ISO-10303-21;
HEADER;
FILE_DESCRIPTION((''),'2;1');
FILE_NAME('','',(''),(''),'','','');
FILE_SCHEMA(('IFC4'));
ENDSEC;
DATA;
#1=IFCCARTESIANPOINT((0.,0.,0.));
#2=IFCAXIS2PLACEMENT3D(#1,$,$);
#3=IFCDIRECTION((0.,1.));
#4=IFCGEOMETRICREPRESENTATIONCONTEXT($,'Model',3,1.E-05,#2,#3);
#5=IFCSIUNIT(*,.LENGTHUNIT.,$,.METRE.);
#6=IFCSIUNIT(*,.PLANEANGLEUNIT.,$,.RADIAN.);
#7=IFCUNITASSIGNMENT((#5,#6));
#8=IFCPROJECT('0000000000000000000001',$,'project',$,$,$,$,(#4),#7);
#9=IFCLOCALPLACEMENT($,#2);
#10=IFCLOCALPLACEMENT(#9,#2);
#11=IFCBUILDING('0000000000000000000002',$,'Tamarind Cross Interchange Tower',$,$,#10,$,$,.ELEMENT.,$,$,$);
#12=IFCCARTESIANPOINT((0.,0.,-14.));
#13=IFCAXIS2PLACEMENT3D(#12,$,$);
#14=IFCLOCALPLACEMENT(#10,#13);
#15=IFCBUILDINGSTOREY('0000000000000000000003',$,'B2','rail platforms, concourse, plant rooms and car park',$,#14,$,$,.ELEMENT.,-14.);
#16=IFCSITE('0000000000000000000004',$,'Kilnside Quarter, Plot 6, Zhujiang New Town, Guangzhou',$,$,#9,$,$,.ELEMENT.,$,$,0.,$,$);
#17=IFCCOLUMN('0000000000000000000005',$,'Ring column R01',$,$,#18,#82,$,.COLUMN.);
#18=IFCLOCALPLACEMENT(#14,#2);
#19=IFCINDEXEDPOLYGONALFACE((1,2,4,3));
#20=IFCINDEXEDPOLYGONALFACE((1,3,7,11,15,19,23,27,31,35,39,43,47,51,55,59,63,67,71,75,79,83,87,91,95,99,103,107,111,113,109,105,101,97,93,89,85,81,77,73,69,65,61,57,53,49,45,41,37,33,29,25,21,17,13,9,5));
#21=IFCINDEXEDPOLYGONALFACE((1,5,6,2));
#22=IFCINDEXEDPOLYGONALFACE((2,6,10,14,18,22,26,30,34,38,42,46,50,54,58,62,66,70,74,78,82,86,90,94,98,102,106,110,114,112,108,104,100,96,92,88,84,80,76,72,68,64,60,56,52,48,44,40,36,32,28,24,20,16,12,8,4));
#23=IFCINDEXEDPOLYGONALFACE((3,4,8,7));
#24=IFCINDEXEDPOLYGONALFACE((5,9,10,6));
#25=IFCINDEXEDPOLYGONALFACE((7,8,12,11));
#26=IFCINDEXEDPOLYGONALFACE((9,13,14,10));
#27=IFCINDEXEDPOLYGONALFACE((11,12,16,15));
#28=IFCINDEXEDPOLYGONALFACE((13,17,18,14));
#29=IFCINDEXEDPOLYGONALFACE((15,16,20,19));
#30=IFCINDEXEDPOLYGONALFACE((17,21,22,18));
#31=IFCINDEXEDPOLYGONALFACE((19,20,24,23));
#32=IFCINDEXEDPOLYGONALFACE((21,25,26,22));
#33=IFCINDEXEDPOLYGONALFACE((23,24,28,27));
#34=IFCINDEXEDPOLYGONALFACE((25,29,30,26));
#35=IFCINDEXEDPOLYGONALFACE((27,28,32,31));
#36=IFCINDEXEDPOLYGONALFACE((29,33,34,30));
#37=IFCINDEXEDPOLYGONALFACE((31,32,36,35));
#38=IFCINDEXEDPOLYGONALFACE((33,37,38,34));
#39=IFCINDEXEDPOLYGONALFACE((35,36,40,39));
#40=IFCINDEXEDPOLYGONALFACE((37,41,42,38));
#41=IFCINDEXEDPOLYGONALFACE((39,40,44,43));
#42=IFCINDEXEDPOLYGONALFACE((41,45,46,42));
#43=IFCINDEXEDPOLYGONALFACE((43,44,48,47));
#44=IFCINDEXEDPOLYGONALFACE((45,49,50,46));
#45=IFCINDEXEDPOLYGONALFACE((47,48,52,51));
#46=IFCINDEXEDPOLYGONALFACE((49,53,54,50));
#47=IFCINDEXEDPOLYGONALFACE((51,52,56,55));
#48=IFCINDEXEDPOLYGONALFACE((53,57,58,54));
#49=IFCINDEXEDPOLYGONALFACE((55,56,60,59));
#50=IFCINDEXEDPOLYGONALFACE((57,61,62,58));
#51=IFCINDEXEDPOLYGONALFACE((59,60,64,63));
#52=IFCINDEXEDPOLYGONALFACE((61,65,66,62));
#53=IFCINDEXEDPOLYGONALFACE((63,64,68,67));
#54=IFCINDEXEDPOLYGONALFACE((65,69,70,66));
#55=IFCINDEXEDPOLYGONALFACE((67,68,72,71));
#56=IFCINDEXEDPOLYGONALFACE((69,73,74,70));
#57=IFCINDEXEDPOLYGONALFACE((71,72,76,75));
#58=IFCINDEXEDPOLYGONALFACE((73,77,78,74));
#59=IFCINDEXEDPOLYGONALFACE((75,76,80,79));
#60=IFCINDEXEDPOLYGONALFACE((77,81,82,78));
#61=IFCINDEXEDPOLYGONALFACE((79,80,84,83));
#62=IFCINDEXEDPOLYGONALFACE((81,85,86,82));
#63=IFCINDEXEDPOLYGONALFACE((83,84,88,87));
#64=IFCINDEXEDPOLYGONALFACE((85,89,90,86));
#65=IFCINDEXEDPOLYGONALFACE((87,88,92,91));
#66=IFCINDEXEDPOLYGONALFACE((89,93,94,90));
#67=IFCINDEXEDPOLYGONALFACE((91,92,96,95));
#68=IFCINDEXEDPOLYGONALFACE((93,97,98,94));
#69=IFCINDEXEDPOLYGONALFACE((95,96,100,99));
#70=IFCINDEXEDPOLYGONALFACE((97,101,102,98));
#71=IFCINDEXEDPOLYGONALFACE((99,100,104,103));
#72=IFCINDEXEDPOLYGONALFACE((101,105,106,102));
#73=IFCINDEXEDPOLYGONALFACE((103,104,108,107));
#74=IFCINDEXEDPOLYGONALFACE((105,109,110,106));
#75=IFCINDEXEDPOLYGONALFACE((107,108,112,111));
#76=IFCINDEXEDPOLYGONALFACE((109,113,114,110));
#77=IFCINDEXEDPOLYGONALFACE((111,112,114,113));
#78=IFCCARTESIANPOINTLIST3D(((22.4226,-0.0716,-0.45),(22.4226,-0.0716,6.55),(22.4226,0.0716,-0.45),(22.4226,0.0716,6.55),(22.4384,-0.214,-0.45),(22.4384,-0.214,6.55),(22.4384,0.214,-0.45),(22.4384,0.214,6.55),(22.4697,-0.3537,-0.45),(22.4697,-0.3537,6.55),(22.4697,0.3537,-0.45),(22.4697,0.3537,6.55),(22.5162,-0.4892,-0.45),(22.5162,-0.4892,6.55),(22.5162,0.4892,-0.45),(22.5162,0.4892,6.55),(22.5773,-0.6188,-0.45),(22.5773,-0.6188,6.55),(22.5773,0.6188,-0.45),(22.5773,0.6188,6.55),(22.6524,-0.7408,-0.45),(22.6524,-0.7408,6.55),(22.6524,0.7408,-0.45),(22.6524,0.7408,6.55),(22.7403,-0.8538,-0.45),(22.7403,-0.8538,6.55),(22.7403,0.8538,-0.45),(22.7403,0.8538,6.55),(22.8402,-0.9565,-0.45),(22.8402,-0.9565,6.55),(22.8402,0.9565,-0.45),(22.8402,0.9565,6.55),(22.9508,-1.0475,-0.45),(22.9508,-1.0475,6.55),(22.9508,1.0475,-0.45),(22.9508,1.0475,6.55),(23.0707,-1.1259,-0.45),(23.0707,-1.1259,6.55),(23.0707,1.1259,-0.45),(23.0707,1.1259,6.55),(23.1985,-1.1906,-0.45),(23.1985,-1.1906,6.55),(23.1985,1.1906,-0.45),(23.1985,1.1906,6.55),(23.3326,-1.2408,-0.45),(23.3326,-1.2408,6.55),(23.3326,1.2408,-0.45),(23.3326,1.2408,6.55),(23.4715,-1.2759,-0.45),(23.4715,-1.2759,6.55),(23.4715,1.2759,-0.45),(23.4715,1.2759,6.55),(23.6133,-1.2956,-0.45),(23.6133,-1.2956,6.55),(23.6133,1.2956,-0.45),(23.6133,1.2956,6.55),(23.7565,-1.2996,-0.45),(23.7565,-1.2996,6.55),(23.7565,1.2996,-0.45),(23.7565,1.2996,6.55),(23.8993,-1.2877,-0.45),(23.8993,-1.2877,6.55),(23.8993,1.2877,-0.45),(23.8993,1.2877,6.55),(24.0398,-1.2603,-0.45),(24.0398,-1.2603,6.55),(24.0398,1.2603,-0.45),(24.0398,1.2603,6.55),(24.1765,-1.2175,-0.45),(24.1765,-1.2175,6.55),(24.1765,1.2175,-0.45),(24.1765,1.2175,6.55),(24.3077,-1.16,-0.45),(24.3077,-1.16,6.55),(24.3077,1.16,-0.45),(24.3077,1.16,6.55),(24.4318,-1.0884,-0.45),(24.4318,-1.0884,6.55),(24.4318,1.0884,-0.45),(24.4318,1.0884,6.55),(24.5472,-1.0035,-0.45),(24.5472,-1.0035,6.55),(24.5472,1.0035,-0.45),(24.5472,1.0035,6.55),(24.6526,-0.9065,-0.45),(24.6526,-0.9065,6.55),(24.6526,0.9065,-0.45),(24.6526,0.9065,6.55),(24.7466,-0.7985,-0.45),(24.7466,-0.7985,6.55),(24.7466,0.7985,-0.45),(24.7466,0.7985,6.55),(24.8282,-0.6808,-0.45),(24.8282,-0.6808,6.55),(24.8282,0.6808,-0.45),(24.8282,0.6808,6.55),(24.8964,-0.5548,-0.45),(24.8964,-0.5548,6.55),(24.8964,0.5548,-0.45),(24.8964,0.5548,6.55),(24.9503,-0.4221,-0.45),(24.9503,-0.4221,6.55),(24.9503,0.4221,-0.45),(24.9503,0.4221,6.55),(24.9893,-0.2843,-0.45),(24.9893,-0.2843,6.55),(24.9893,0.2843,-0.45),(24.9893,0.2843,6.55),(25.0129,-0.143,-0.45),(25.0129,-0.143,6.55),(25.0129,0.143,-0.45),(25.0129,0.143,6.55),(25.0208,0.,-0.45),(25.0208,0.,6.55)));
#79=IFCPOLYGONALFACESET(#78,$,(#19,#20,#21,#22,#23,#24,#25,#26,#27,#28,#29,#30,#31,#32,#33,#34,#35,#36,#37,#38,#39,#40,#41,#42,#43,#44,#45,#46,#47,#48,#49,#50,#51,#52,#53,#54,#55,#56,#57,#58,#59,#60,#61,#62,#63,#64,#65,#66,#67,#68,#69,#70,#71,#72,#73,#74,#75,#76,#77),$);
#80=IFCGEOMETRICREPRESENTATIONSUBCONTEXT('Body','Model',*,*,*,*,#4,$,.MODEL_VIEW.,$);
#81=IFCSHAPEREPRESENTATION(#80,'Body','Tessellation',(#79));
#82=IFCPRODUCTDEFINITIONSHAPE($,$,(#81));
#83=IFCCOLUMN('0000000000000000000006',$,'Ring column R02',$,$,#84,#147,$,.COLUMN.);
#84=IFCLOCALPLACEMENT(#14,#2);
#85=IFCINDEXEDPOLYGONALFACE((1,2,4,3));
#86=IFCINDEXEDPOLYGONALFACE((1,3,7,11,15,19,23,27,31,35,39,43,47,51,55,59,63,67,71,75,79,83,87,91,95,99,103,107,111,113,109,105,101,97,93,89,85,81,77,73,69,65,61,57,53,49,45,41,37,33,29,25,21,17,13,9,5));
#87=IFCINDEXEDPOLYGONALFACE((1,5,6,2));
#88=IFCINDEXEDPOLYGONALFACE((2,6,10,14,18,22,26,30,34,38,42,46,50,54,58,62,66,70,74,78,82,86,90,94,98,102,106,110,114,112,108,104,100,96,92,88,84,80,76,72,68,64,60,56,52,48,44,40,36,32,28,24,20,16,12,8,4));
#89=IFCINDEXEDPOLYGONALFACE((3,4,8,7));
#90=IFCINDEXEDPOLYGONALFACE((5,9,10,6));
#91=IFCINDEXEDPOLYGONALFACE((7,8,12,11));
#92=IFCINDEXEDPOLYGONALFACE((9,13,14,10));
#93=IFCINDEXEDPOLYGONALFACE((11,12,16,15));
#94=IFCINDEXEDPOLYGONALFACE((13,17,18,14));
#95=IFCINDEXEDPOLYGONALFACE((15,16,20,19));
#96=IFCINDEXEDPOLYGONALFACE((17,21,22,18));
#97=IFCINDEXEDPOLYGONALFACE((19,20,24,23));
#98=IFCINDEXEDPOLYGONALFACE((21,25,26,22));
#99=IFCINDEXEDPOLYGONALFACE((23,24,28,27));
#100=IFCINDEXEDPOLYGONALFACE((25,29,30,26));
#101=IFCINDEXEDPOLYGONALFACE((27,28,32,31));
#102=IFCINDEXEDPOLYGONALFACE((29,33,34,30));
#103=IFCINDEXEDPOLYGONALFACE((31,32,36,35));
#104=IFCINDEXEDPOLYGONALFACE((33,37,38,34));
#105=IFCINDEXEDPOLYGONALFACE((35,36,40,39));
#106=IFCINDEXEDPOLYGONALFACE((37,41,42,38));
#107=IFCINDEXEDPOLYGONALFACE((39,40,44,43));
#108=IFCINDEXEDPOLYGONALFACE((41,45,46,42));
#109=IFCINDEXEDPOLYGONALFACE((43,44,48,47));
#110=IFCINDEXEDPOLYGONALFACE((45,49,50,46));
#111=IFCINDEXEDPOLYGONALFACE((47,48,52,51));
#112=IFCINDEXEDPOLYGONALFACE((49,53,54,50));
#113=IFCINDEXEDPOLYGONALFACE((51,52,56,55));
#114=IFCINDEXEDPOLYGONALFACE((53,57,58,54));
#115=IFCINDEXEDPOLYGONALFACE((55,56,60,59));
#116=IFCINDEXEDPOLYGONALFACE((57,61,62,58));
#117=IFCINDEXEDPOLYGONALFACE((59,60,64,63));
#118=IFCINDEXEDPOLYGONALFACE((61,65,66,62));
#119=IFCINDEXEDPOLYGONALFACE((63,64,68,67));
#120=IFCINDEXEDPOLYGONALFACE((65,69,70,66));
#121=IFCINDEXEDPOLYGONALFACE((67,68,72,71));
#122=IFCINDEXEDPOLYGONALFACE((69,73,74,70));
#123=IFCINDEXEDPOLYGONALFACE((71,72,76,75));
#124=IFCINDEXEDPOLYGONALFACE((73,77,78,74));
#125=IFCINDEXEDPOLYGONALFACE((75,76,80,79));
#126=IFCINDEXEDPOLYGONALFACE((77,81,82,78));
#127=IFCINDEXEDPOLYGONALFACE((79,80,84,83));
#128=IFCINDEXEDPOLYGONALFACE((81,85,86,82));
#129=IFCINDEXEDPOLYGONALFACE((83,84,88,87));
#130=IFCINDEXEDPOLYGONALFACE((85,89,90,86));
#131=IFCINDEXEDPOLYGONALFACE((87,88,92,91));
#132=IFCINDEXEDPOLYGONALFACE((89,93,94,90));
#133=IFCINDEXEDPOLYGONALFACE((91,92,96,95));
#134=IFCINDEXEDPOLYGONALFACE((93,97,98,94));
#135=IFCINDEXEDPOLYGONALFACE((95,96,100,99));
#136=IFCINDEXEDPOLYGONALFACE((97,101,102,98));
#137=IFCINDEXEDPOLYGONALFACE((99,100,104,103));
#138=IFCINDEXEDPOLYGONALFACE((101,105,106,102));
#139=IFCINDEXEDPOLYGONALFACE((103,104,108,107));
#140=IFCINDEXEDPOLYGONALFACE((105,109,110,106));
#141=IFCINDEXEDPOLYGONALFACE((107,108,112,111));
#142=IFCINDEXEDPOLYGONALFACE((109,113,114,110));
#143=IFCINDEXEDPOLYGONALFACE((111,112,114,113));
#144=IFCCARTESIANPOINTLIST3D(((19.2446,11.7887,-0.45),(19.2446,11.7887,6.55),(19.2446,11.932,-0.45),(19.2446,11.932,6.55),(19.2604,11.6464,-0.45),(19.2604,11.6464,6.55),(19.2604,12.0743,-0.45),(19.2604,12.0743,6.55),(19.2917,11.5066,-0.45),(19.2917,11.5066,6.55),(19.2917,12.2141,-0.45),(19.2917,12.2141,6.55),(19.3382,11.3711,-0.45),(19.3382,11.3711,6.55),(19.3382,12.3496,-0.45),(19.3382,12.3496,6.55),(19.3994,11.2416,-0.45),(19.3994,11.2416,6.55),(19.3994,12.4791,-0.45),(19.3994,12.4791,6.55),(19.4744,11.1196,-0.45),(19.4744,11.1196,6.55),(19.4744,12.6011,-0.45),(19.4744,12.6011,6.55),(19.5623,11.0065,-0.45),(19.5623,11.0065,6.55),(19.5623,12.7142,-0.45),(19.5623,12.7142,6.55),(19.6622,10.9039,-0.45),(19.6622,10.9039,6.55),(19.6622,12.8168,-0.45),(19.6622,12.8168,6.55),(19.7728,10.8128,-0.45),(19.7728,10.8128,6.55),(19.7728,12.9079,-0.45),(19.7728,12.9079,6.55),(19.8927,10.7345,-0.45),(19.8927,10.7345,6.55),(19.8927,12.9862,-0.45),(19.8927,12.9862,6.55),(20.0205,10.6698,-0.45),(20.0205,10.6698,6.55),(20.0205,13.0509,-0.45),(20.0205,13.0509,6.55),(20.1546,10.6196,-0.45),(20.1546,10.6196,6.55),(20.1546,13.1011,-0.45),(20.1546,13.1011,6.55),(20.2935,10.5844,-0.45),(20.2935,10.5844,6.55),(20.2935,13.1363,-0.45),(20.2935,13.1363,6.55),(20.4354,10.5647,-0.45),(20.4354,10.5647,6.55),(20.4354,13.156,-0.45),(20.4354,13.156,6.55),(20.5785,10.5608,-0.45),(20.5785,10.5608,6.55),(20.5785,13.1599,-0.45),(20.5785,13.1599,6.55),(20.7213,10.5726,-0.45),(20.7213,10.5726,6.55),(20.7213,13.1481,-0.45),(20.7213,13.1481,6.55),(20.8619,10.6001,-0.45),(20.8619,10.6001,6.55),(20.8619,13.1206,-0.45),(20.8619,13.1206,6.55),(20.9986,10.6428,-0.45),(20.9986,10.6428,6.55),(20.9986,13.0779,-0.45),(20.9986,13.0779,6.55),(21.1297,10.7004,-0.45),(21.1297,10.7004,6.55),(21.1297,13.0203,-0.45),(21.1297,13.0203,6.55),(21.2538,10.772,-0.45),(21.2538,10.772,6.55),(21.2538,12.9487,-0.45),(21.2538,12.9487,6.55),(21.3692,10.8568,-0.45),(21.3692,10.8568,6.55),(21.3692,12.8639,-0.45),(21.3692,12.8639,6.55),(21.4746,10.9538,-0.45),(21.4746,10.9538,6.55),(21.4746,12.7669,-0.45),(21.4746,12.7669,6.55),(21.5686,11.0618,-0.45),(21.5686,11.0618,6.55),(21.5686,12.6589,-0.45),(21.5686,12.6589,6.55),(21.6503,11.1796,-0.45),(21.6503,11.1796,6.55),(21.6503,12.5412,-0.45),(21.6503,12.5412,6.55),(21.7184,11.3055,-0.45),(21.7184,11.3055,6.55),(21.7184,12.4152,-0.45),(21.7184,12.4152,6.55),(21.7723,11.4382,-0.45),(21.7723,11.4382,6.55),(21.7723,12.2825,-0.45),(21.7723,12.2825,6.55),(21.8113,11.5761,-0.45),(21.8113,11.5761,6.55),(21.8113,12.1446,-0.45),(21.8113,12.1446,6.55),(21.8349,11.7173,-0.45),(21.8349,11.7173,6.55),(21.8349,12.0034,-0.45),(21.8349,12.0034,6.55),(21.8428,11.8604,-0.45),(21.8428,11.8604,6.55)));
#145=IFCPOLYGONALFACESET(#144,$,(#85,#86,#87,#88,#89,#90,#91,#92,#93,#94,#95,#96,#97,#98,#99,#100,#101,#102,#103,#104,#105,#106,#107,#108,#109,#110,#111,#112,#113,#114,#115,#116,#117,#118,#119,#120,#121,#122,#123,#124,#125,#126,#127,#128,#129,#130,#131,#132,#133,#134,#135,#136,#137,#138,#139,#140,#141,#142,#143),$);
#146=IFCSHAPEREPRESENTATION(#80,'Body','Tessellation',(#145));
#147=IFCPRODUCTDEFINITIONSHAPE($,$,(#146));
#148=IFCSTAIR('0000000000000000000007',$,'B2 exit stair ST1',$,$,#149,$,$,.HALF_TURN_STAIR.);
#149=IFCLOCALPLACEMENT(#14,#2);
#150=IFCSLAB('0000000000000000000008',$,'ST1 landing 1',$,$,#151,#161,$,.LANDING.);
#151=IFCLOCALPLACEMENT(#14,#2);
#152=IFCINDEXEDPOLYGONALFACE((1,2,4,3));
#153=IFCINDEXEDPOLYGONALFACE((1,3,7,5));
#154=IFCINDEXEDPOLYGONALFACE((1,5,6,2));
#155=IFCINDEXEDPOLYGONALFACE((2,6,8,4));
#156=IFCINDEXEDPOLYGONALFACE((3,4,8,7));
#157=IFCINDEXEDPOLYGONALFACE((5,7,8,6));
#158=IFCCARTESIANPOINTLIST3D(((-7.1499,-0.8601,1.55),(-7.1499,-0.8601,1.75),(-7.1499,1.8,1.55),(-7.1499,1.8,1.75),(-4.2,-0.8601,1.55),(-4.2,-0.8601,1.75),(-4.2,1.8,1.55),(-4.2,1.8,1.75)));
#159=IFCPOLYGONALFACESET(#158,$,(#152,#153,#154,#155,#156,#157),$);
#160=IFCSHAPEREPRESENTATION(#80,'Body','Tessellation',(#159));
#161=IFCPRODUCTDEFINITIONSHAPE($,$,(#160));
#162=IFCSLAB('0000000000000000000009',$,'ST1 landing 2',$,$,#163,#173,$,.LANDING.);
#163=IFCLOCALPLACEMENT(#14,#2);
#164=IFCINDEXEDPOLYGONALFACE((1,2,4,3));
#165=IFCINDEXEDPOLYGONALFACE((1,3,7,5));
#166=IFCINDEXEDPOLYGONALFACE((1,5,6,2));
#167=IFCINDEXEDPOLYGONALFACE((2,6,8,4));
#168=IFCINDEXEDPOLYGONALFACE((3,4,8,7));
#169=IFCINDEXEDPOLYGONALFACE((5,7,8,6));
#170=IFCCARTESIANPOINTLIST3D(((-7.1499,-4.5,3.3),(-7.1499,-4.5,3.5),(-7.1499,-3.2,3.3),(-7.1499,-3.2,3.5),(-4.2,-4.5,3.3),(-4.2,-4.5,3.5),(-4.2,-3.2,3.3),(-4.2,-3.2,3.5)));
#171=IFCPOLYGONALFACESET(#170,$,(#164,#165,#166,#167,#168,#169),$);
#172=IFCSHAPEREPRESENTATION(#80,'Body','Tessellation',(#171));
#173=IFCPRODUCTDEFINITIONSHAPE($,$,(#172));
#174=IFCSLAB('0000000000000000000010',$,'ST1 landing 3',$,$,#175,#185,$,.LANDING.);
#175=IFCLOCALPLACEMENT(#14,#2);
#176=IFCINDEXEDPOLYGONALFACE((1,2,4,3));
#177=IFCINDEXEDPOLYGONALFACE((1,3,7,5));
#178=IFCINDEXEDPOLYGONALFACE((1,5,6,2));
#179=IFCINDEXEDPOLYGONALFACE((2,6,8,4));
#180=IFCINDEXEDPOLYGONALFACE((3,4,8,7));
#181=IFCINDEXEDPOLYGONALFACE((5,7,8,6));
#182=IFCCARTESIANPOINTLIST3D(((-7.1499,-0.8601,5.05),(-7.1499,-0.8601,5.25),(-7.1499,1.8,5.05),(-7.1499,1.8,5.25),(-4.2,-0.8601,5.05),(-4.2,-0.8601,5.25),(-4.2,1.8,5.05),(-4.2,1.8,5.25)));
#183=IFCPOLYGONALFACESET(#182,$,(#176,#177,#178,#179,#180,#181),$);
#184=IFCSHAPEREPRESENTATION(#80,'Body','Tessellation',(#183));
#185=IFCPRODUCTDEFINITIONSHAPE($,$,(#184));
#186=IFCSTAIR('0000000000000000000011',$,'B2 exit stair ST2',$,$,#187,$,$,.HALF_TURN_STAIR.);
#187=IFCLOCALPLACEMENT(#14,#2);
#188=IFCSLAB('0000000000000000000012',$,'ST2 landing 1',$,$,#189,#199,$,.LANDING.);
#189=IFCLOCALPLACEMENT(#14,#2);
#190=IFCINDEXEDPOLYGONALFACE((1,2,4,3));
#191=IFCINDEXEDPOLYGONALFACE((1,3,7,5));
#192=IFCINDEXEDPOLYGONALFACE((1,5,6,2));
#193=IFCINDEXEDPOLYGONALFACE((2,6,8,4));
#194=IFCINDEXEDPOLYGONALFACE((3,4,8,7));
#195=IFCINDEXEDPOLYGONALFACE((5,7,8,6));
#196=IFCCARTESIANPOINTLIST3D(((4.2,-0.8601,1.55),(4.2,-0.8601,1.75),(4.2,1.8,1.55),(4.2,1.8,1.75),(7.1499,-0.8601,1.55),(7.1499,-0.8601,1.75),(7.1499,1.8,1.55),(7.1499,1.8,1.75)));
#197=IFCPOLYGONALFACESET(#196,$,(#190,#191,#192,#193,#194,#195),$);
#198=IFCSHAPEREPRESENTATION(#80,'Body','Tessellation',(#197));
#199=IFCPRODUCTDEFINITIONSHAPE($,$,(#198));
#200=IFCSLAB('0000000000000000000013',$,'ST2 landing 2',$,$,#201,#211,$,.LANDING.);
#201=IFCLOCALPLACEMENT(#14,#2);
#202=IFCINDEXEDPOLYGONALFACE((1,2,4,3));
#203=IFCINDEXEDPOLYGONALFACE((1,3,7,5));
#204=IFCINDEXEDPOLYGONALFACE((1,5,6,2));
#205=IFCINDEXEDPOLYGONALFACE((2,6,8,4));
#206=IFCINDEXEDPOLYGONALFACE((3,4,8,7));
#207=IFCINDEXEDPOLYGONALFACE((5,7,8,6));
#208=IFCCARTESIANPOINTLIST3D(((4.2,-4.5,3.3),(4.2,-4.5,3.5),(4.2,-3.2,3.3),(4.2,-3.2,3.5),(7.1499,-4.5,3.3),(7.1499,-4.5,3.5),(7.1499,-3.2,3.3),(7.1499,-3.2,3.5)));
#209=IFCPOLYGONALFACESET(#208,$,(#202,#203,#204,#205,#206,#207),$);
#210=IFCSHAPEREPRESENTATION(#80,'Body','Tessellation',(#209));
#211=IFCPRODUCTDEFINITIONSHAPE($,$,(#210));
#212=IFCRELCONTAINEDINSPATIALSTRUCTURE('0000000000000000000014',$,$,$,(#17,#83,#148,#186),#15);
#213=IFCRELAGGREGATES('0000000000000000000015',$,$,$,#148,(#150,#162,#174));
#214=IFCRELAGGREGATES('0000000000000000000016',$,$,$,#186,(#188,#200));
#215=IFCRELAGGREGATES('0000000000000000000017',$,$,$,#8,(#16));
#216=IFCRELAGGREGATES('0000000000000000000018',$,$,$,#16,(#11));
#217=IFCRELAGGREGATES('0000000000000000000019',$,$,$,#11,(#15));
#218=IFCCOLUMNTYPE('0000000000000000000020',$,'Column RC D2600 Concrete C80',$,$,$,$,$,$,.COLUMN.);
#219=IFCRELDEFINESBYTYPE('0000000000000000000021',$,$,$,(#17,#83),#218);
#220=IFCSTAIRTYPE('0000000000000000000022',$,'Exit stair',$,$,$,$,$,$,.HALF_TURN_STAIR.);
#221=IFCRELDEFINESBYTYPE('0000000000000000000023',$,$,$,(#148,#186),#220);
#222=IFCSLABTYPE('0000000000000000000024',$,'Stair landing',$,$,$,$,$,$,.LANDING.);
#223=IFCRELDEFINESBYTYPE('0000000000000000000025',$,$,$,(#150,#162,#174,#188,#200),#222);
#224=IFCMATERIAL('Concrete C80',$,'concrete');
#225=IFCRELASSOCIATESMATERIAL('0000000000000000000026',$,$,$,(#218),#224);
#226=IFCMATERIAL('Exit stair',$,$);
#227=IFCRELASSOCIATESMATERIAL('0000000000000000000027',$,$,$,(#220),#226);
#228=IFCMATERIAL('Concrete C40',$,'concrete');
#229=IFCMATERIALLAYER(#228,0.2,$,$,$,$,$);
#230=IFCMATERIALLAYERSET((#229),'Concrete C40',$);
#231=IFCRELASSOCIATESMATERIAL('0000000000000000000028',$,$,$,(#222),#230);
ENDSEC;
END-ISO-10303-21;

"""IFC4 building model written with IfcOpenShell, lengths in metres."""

from ifc_helpers import new_model, si_unit, direction, frame, origin, origin_2d, place, context, subcontext, project, spatial, polyline, circle, outline, extrude, material, layer, layer_set, material_profile, profile_set, type_object, element, aggregate, save


model = new_model("IFC4")

# Units and contexts
model_context = context("Model", 3, precision=1e-05, world=origin(), true_north=direction((0.0, 1.0)))
body_context = subcontext(model_context, "Body", "Model", "MODEL_VIEW")
ifc_project = project(units=[si_unit("LENGTHUNIT", "METRE"), si_unit("PLANEANGLEUNIT", "RADIAN")], contexts=[model_context])

# Site, building, storey
site_placement = place(None, origin())
site = spatial("IfcSite", under=ifc_project, at=site_placement, Name="Kilnside Quarter, Plot 6, Zhujiang New Town, Guangzhou", CompositionType="ELEMENT", RefElevation=0.0)
building_placement = place(site_placement, origin())
building = spatial("IfcBuilding", under=site, at=building_placement, Name="Tamarind Cross Interchange Tower", CompositionType="ELEMENT")
storey_placement = place(building_placement, frame((0.0, 0.0, -14.0)))
storey = spatial("IfcBuildingStorey", under=building, at=storey_placement, Name="B2", Description="rail platforms, concourse, plant rooms and car park", CompositionType="ELEMENT", Elevation=-14.0)

# Columns
ifc_material_1 = material(Name="Concrete C80", Category="concrete")
ifc_material_profile = material_profile(ifc_material_1, circle(Radius=1.3, at=origin_2d()), Name="RC D2600")
ifc_profile_set = profile_set([ifc_material_profile], Name="Concrete C80")
column_type = type_object("IfcColumnType", Name="Column RC D2600 Concrete C80", PredefinedType="COLUMN", material=ifc_profile_set)
for number, where, z_axis, x_axis, name in (
    (1, (23.7207, 0.0, -0.45), (0.0, 0.0, 1.0), (1.0, 0.0, 0.0), "Ring column R01"),
    (2, (20.5427, 11.8604, -0.45), (0.0, 0.0, 1.0), (1.0, 0.0, 0.0), "Ring column R02"),
):
    element("IfcColumn", number, at=place(storey_placement, frame(where, z_axis=z_axis, x_axis=x_axis)), inside=storey, type_object=column_type, Name=name, PredefinedType="COLUMN", context=body_context, shape_type="SweptSolid", body=[
        extrude(circle(Radius=1.3, at=origin_2d()), origin(), (0.0, 0.0, 1.0), 7.0),
    ])

# Stairs, slabs
ifc_material_2 = material(Name="Exit stair")
stair_type_1 = type_object("IfcStairType", Name="Exit stair", PredefinedType="HALF_TURN_STAIR", material=ifc_material_2)
stair_1_placement = place(storey_placement, origin())
stair_1 = element("IfcStair", 3, at=stair_1_placement, inside=storey, type_object=stair_type_1, Name="B2 exit stair ST1", PredefinedType="HALF_TURN_STAIR")
ifc_material_3 = material(Name="Concrete C40", Category="concrete")
ifc_layer_1 = layer(ifc_material_3, 0.2)
ifc_layer_set_1 = layer_set([ifc_layer_1], Name="Concrete C40")
slab_type = type_object("IfcSlabType", Name="Stair landing", PredefinedType="LANDING", material=ifc_layer_set_1)
slab_1_placement = place(storey_placement, frame((0.0, 0.0, 1.55)))
slab_1 = element("IfcSlab", 4, at=slab_1_placement, type_object=slab_type, Name="ST1 landing 1", PredefinedType="LANDING", context=body_context, shape_type="SweptSolid", body=[
    extrude(outline(polyline([(-4.2, -0.8601), (-4.2, 1.8), (-7.1499, 1.8), (-7.1499, -0.8601), (-4.2, -0.8601)])), origin(), (0.0, 0.0, 1.0), 0.2),
])
slab_2_placement = place(storey_placement, frame((0.0, 0.0, 3.3)))
slab_2 = element("IfcSlab", 5, at=slab_2_placement, type_object=slab_type, Name="ST1 landing 2", PredefinedType="LANDING", context=body_context, shape_type="SweptSolid", body=[
    extrude(outline(polyline([(-4.2, -4.5), (-4.2, -3.2), (-7.1499, -3.2), (-7.1499, -4.5), (-4.2, -4.5)])), origin(), (0.0, 0.0, 1.0), 0.2),
])
slab_3_placement = place(storey_placement, frame((0.0, 0.0, 5.05)))
slab_3 = element("IfcSlab", 6, at=slab_3_placement, type_object=slab_type, Name="ST1 landing 3", PredefinedType="LANDING", context=body_context, shape_type="SweptSolid", body=[
    extrude(outline(polyline([(-4.2, -0.8601), (-4.2, 1.8), (-7.1499, 1.8), (-7.1499, -0.8601), (-4.2, -0.8601)])), origin(), (0.0, 0.0, 1.0), 0.2),
])
aggregate(stair_1, [slab_1, slab_2, slab_3])
stair_2_placement = place(storey_placement, origin())
stair_2 = element("IfcStair", 7, at=stair_2_placement, inside=storey, type_object=stair_type_1, Name="B2 exit stair ST2", PredefinedType="HALF_TURN_STAIR")
slab_4_placement = place(storey_placement, frame((0.0, 0.0, 1.55)))
slab_4 = element("IfcSlab", 8, at=slab_4_placement, type_object=slab_type, Name="ST2 landing 1", PredefinedType="LANDING", context=body_context, shape_type="SweptSolid", body=[
    extrude(outline(polyline([(7.1499, -0.8601), (7.1499, 1.8), (4.2, 1.8), (4.2, -0.8601), (7.1499, -0.8601)])), origin(), (0.0, 0.0, 1.0), 0.2),
])
slab_5_placement = place(storey_placement, frame((0.0, 0.0, 3.3)))
slab_5 = element("IfcSlab", 9, at=slab_5_placement, type_object=slab_type, Name="ST2 landing 2", PredefinedType="LANDING", context=body_context, shape_type="SweptSolid", body=[
    extrude(outline(polyline([(7.1499, -4.5), (7.1499, -3.2), (4.2, -3.2), (4.2, -4.5), (7.1499, -4.5)])), origin(), (0.0, 0.0, 1.0), 0.2),
])
aggregate(stair_2, [slab_4, slab_5])

save(model, "model.ifc")
